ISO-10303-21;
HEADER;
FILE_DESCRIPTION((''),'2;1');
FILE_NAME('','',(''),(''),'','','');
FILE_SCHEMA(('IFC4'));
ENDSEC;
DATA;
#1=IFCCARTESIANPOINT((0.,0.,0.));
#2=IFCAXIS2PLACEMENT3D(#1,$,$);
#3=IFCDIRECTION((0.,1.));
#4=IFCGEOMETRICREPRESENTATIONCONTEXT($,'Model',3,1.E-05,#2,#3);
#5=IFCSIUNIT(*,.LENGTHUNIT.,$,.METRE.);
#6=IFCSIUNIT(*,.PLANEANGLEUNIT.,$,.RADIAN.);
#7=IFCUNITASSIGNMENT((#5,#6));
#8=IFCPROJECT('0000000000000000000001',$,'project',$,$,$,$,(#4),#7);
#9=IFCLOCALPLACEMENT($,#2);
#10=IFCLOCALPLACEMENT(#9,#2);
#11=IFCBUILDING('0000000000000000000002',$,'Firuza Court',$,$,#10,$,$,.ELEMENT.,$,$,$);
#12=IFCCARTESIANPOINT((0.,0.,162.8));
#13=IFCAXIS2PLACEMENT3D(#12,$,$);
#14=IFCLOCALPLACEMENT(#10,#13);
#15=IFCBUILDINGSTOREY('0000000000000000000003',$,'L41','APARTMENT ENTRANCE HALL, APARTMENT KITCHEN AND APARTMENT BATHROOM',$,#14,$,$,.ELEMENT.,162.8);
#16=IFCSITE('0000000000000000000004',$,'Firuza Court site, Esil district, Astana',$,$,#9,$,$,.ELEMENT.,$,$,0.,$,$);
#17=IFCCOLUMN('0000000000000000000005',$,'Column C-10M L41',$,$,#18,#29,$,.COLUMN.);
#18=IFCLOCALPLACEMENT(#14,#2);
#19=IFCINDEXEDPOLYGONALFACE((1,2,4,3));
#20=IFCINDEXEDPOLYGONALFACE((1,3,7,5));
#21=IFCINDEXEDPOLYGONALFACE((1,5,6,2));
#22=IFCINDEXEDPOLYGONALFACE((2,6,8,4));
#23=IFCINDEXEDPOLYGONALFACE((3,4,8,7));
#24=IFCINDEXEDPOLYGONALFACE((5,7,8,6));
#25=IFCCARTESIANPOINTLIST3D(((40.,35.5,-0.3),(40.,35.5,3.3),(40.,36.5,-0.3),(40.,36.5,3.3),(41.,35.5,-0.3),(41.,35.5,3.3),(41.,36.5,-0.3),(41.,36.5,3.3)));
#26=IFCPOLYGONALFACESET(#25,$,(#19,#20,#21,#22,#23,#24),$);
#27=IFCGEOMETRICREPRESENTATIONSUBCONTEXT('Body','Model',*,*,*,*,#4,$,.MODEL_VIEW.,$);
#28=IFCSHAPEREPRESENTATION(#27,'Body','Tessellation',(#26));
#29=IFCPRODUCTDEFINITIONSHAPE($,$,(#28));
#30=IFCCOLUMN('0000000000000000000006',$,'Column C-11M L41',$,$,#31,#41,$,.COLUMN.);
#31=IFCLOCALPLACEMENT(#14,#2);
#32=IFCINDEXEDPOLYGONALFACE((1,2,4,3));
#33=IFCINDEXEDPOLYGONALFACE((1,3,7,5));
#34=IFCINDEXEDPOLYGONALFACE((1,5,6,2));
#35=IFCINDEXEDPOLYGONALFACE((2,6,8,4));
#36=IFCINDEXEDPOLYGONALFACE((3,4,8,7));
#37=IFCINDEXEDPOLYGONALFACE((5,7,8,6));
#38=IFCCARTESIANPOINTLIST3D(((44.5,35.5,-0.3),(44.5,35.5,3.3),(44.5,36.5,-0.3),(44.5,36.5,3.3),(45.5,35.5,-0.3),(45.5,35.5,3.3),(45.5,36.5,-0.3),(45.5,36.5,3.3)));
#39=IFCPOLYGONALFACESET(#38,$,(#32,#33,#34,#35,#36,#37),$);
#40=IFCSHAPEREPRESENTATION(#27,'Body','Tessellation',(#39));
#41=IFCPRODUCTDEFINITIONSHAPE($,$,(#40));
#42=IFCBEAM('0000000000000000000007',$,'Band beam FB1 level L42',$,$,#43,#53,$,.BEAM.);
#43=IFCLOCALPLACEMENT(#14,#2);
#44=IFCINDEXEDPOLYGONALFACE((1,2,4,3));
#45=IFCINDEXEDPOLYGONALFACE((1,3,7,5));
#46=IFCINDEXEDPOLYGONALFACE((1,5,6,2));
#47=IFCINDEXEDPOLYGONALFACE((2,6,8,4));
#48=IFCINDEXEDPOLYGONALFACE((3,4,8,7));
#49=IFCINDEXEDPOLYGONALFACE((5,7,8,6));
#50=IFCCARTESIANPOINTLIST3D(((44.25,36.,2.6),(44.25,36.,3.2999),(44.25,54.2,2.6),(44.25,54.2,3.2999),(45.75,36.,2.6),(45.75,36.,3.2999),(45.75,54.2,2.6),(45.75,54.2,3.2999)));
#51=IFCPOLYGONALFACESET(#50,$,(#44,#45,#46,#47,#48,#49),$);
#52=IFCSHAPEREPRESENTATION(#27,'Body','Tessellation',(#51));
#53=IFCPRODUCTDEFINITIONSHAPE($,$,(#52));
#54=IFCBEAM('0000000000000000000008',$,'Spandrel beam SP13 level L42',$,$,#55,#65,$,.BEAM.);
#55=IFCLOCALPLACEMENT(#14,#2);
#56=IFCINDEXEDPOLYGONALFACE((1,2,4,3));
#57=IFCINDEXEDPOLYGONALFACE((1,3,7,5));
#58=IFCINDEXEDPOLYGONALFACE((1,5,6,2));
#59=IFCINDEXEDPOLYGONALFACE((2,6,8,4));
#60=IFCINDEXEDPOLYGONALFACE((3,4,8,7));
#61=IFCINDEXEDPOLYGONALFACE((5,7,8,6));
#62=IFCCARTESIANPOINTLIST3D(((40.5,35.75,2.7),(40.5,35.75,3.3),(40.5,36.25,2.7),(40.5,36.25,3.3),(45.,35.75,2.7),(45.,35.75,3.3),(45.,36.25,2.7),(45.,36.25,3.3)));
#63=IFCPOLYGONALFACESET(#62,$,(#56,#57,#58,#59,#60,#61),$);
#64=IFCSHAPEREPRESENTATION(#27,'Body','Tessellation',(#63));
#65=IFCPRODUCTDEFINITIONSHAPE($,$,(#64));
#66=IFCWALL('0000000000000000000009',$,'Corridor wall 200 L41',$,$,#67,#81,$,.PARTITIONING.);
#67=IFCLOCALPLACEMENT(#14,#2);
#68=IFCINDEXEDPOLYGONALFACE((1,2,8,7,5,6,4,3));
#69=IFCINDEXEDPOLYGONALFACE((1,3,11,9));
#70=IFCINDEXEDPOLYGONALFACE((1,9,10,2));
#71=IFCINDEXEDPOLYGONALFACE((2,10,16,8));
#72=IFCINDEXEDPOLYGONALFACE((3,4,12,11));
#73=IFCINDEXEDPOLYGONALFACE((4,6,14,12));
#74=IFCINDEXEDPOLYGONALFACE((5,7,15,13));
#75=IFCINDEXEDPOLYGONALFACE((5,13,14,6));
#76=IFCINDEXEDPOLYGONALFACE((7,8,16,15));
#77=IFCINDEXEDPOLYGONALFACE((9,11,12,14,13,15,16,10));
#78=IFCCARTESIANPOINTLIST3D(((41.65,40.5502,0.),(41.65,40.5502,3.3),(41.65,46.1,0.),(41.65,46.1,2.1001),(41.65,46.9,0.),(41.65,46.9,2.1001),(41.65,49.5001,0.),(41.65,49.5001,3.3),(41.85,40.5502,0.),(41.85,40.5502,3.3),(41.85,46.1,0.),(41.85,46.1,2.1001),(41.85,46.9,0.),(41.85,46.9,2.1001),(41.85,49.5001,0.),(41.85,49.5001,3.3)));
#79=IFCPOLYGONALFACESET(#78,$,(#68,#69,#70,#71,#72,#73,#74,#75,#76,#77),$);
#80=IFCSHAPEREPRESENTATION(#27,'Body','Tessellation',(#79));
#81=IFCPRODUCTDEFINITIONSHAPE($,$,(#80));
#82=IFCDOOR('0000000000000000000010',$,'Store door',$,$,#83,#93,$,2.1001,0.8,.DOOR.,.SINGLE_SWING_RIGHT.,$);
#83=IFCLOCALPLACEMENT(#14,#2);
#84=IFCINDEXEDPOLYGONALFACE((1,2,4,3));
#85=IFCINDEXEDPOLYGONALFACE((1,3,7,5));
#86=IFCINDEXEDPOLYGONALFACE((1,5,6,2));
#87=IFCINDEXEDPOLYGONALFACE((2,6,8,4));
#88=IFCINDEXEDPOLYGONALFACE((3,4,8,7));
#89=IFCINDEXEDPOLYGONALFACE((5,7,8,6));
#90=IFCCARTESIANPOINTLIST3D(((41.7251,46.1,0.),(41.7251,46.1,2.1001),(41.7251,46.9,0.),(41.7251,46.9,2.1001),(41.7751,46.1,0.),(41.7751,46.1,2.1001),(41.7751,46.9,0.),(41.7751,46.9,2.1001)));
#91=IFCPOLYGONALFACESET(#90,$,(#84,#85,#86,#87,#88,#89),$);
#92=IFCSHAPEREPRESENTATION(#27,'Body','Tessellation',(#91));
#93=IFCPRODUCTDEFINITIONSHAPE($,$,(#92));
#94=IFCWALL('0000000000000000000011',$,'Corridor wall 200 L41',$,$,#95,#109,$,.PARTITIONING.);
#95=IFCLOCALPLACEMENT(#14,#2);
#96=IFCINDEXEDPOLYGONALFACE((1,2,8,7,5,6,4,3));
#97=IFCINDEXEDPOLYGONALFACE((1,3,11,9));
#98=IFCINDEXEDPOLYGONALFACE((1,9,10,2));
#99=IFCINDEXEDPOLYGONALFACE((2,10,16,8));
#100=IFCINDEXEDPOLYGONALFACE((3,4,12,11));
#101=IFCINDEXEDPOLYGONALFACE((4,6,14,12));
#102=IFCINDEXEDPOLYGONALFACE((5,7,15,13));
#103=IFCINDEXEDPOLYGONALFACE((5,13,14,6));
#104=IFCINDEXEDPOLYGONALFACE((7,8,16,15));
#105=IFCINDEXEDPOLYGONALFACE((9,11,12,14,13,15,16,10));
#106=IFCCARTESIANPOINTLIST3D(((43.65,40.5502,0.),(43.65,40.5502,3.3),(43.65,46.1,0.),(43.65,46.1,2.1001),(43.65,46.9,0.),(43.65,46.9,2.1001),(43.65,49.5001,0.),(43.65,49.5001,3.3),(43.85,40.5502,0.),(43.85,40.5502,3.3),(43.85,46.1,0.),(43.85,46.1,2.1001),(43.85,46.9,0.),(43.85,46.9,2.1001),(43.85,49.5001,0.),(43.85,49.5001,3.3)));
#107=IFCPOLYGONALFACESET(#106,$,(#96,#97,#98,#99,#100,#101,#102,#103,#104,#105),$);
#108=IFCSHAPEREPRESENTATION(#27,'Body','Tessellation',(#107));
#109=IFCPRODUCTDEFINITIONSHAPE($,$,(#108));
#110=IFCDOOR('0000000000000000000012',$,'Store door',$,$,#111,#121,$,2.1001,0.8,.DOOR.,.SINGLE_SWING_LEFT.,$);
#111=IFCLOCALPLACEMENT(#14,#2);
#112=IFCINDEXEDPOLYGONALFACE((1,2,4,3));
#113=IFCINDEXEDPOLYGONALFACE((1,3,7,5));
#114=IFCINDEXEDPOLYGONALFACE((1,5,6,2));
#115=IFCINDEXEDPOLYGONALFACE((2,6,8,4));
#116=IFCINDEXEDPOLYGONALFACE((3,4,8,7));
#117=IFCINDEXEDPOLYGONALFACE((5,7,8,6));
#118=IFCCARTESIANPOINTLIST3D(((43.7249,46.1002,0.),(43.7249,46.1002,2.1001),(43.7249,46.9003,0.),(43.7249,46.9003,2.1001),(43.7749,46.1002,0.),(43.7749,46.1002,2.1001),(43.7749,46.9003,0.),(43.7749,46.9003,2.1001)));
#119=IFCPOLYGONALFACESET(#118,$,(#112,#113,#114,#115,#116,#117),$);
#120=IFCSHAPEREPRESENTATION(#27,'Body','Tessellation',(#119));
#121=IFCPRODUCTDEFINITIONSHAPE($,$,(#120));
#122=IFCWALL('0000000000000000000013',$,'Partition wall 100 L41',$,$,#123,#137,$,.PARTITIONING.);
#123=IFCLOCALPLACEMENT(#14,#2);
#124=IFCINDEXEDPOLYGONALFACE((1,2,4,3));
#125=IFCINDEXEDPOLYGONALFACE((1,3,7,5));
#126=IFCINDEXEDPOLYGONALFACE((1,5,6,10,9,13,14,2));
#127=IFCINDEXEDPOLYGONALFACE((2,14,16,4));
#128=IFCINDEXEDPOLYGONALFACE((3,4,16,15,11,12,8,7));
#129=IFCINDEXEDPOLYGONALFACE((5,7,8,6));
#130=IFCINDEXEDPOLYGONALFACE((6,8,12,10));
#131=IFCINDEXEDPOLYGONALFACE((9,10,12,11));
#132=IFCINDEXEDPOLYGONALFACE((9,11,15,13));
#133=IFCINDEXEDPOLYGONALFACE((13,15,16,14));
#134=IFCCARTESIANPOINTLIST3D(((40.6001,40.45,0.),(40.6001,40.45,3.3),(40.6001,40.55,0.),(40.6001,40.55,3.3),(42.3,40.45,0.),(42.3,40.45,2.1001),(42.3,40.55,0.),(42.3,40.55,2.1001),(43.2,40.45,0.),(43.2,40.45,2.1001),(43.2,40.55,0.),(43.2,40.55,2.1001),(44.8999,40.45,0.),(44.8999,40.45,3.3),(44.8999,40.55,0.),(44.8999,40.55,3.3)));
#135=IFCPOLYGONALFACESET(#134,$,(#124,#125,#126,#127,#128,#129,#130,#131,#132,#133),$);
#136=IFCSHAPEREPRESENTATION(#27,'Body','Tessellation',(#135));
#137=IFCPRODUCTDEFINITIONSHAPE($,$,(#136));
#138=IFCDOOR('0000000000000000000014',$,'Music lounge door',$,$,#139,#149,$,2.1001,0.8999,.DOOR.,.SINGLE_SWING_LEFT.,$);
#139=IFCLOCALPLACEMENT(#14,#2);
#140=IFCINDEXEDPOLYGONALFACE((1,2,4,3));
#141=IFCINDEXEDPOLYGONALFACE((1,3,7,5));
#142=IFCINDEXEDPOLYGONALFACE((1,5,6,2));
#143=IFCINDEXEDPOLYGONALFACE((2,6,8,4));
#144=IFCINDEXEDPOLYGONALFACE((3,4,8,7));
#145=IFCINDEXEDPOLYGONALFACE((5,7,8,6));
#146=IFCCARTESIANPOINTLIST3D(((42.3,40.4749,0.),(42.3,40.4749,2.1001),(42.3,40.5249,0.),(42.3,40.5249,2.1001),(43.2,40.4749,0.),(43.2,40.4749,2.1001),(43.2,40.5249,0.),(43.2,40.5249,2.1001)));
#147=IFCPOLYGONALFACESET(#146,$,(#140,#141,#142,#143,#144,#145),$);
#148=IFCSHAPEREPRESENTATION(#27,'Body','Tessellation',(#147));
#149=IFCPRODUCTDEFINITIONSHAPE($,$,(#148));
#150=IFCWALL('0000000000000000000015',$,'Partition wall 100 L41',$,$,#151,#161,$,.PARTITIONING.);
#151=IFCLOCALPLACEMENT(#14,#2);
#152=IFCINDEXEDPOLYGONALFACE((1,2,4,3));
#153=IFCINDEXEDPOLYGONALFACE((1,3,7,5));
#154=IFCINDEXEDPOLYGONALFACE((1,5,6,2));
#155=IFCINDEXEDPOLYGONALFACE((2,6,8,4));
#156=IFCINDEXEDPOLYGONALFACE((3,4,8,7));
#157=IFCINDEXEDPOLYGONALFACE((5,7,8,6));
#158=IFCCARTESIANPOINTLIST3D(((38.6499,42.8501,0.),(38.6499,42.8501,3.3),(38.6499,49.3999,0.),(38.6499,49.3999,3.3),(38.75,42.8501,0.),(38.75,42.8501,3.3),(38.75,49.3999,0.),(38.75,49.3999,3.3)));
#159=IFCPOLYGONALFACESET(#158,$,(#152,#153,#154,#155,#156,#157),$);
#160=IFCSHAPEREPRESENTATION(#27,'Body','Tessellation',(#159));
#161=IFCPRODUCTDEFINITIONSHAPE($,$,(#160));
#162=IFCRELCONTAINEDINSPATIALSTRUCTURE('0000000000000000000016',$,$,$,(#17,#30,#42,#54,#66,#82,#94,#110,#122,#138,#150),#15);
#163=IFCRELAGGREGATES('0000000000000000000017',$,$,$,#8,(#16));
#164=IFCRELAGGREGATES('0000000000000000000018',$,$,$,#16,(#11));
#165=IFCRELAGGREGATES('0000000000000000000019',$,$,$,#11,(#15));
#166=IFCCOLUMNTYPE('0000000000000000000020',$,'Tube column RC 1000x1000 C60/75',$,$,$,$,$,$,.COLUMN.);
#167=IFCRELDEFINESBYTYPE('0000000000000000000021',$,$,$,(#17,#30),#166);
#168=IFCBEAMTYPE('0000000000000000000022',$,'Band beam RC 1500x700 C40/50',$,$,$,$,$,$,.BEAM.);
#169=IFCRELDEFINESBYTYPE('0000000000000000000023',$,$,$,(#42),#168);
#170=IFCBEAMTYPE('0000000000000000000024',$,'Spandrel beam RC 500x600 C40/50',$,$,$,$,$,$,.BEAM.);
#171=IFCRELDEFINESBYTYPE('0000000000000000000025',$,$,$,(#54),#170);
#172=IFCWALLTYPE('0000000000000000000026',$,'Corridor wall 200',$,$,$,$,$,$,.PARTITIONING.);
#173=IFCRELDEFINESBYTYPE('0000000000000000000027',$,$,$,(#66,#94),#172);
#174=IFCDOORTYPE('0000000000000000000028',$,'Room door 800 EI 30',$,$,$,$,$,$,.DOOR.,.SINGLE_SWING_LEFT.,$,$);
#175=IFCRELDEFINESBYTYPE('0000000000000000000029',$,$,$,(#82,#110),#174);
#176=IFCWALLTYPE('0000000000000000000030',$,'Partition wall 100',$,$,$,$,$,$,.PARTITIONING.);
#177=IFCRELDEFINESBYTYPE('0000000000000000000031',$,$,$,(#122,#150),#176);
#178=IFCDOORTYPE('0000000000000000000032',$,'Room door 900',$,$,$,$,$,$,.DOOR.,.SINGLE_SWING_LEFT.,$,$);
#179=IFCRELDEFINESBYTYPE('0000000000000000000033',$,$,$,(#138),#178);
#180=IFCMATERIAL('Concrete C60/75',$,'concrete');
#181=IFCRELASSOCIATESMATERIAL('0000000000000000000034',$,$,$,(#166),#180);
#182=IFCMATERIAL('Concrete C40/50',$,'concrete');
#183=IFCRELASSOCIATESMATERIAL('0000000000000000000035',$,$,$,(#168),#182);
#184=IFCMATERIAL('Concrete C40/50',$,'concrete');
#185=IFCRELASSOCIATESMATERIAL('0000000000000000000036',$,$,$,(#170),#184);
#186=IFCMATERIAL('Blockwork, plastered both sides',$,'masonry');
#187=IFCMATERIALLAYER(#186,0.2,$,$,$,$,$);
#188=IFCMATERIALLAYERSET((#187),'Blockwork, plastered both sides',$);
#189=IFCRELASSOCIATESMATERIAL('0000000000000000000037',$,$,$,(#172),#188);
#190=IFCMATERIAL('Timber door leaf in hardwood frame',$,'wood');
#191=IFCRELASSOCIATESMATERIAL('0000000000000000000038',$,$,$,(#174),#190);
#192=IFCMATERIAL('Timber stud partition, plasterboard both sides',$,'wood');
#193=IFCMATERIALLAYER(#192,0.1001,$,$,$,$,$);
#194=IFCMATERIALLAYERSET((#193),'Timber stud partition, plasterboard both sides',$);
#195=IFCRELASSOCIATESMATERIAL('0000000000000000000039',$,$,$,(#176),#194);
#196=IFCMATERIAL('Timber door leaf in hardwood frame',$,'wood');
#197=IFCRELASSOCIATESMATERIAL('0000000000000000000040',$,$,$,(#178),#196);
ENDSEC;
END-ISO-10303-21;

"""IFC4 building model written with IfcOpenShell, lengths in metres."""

from ifc_helpers import new_model, si_unit, direction, frame, frame_2d, origin, origin_2d, place, context, subcontext, project, spatial, rectangle, extrude, material, layer, layer_set, material_profile, profile_set, type_object, element, fill, save


model = new_model("IFC4")

# Units and contexts
model_context = context("Model", 3, precision=1e-05, world=origin(), true_north=direction((0.0, 1.0)))
body_context = subcontext(model_context, "Body", "Model", "MODEL_VIEW")
ifc_project = project(units=[si_unit("LENGTHUNIT", "METRE"), si_unit("PLANEANGLEUNIT", "RADIAN")], contexts=[model_context])

# Site, building, storey
site_placement = place(None, origin())
site = spatial("IfcSite", under=ifc_project, at=site_placement, Name="Firuza Court site, Esil district, Astana", CompositionType="ELEMENT", RefElevation=0.0)
building_placement = place(site_placement, origin())
building = spatial("IfcBuilding", under=site, at=building_placement, Name="Firuza Court", CompositionType="ELEMENT")
storey_placement = place(building_placement, frame((0.0, 0.0, 162.8)))
storey = spatial("IfcBuildingStorey", under=building, at=storey_placement, Name="L41", Description="APARTMENT ENTRANCE HALL, APARTMENT KITCHEN AND APARTMENT BATHROOM", CompositionType="ELEMENT", Elevation=162.8)

# Columns
ifc_material_1 = material(Name="Concrete C60/75", Category="concrete")
ifc_material_profile_1 = material_profile(ifc_material_1, rectangle(XDim=1.0, YDim=1.0, at=origin_2d()), Name="RC 1000x1000")
ifc_profile_set_1 = profile_set([ifc_material_profile_1], Name="Concrete C60/75")
column_type = type_object("IfcColumnType", Name="Tube column RC 1000x1000 C60/75", PredefinedType="COLUMN", material=ifc_profile_set_1)
for number, where, z_axis, x_axis, name in (
    (1, (40.5, 36.0, -0.3), (0.0, 0.0, 1.0), (1.0, 0.0, 0.0), "Column C-10M L41"),
    (2, (45.0, 36.0, -0.3), (0.0, 0.0, 1.0), (1.0, 0.0, 0.0), "Column C-11M L41"),
):
    element("IfcColumn", number, at=place(storey_placement, frame(where, z_axis=z_axis, x_axis=x_axis)), inside=storey, type_object=column_type, Name=name, PredefinedType="COLUMN", context=body_context, shape_type="SweptSolid", body=[
        extrude(rectangle(XDim=1.0, YDim=1.0, at=origin_2d()), origin(), (0.0, 0.0, 1.0), 3.6001),
    ])

# Beams
ifc_material_2 = material(Name="Concrete C40/50", Category="concrete")
ifc_material_profile_2 = material_profile(ifc_material_2, rectangle(XDim=1.5, YDim=0.7, at=origin_2d()), Name="RC 1500x700")
ifc_profile_set_2 = profile_set([ifc_material_profile_2], Name="Concrete C40/50")
beam_type_1 = type_object("IfcBeamType", Name="Band beam RC 1500x700 C40/50", PredefinedType="BEAM", material=ifc_profile_set_2)
beam_1_placement = place(storey_placement, frame((45.0, 36.0, 2.95), z_axis=(0.0, 1.0, 0.0), x_axis=(-1.0, 0.0, 0.0)))
element("IfcBeam", 3, at=beam_1_placement, inside=storey, type_object=beam_type_1, Name="Band beam FB1 level L42", PredefinedType="BEAM", context=body_context, shape_type="SweptSolid", body=[
    extrude(rectangle(XDim=1.5, YDim=0.7, at=origin_2d()), origin(), (0.0, 0.0, 1.0), 18.2),
])
ifc_material_3 = material(Name="Concrete C40/50", Category="concrete")
ifc_material_profile_3 = material_profile(ifc_material_3, rectangle(XDim=0.5, YDim=0.6001, at=origin_2d()), Name="RC 500x600")
ifc_profile_set_3 = profile_set([ifc_material_profile_3], Name="Concrete C40/50")
beam_type_2 = type_object("IfcBeamType", Name="Spandrel beam RC 500x600 C40/50", PredefinedType="BEAM", material=ifc_profile_set_3)
beam_2_placement = place(storey_placement, frame((40.5, 36.0, 3.0), z_axis=(1.0, 0.0, 0.0), x_axis=(0.0, 1.0, 0.0)))
element("IfcBeam", 4, at=beam_2_placement, inside=storey, type_object=beam_type_2, Name="Spandrel beam SP13 level L42", PredefinedType="BEAM", context=body_context, shape_type="SweptSolid", body=[
    extrude(rectangle(XDim=0.5, YDim=0.6001, at=origin_2d()), origin(), (0.0, 0.0, 1.0), 4.5),
])

# Walls, openings, doors
ifc_material_4 = material(Name="Blockwork, plastered both sides", Category="masonry")
ifc_layer_1 = layer(ifc_material_4, 0.2)
ifc_layer_set_1 = layer_set([ifc_layer_1], Name="Blockwork, plastered both sides")
wall_type_1 = type_object("IfcWallType", Name="Corridor wall 200", PredefinedType="PARTITIONING", material=ifc_layer_set_1)
wall_1_placement = place(storey_placement, frame((41.75, 40.55, 0.0), z_axis=(0.0, 0.0, 1.0), x_axis=(0.0, 1.0, 0.0)))
wall_1 = element("IfcWall", 5, at=wall_1_placement, inside=storey, type_object=wall_type_1, Name="Corridor wall 200 L41", PredefinedType="PARTITIONING", context=body_context, shape_type="SweptSolid", body=[
    extrude(rectangle(XDim=8.95, YDim=0.2, at=frame_2d((4.4751, 0.0))), origin(), (0.0, 0.0, 1.0), 3.3),
])
opening_1_placement = place(wall_1_placement, frame((5.55, 0.0, 0.0)))
opening_1 = element("IfcOpeningElement", 6, at=opening_1_placement, cuts=wall_1, PredefinedType="OPENING", context=body_context, shape_type="SweptSolid", body=[
    extrude(rectangle(XDim=0.8, YDim=2.1001, at=frame_2d((0.3999, 1.05))), frame((0.0, 0.1118, 0.0), z_axis=(0.0, -1.0, 0.0), x_axis=(1.0, 0.0, 0.0)), (0.0, 0.0, 1.0), 0.2239),
])
ifc_material_5 = material(Name="Timber door leaf in hardwood frame", Category="wood")
door_type_1 = type_object("IfcDoorType", Name="Room door 800 EI 30", OperationType="SINGLE_SWING_LEFT", PredefinedType="DOOR", material=ifc_material_5)
door_1_placement = place(opening_1_placement, origin())
door_1 = element("IfcDoor", 7, at=door_1_placement, inside=storey, type_object=door_type_1, Name="Store door", OperationType="SINGLE_SWING_RIGHT", OverallHeight=2.1001, OverallWidth=0.8, PredefinedType="DOOR", context=body_context, shape_type="SweptSolid", body=[
    extrude(rectangle(XDim=0.8, YDim=2.1001, at=frame_2d((0.3999, 1.05))), frame((0.0, 0.0249, 0.0), z_axis=(0.0, -1.0, 0.0), x_axis=(1.0, 0.0, 0.0)), (0.0, 0.0, 1.0), 0.05),
])
fill(opening_1, door_1)
wall_2_placement = place(storey_placement, frame((43.75, 40.55, 0.0), z_axis=(0.0, 0.0, 1.0), x_axis=(0.0, 1.0, 0.0)))
wall_2 = element("IfcWall", 8, at=wall_2_placement, inside=storey, type_object=wall_type_1, Name="Corridor wall 200 L41", PredefinedType="PARTITIONING", context=body_context, shape_type="SweptSolid", body=[
    extrude(rectangle(XDim=8.95, YDim=0.2, at=frame_2d((4.4751, 0.0))), origin(), (0.0, 0.0, 1.0), 3.3),
])
opening_2_placement = place(wall_2_placement, frame((5.55, 0.0, 0.0)))
opening_2 = element("IfcOpeningElement", 9, at=opening_2_placement, cuts=wall_2, PredefinedType="OPENING", context=body_context, shape_type="SweptSolid", body=[
    extrude(rectangle(XDim=0.8, YDim=2.1001, at=frame_2d((0.3999, 1.05))), frame((0.0, 0.1118, 0.0), z_axis=(0.0, -1.0, 0.0), x_axis=(1.0, 0.0, 0.0)), (0.0, 0.0, 1.0), 0.2239),
])
door_2_placement = place(opening_2_placement, frame((0.8, 0.0, 0.0), z_axis=(0.0, 0.0, 1.0), x_axis=(-1.0, 0.0, 0.0)))
door_2 = element("IfcDoor", 10, at=door_2_placement, inside=storey, type_object=door_type_1, Name="Store door", OperationType="SINGLE_SWING_LEFT", OverallHeight=2.1001, OverallWidth=0.8, PredefinedType="DOOR", context=body_context, shape_type="SweptSolid", body=[
    extrude(rectangle(XDim=0.8, YDim=2.1001, at=frame_2d((0.3999, 1.05))), frame((0.0, 0.0249, 0.0), z_axis=(0.0, -1.0, 0.0), x_axis=(1.0, 0.0, 0.0)), (0.0, 0.0, 1.0), 0.05),
])
fill(opening_2, door_2)
ifc_material_6 = material(Name="Timber stud partition, plasterboard both sides", Category="wood")
ifc_layer_2 = layer(ifc_material_6, 0.1001)
ifc_layer_set_2 = layer_set([ifc_layer_2], Name="Timber stud partition, plasterboard both sides")
wall_type_2 = type_object("IfcWallType", Name="Partition wall 100", PredefinedType="PARTITIONING", material=ifc_layer_set_2)
wall_3_placement = place(storey_placement, frame((40.6001, 40.5, 0.0), z_axis=(0.0, 0.0, 1.0), x_axis=(1.0, 0.0, 0.0)))
wall_3 = element("IfcWall", 11, at=wall_3_placement, inside=storey, type_object=wall_type_2, Name="Partition wall 100 L41", PredefinedType="PARTITIONING", context=body_context, shape_type="SweptSolid", body=[
    extrude(rectangle(XDim=4.2998, YDim=0.1001, at=frame_2d((2.1499, 0.0))), origin(), (0.0, 0.0, 1.0), 3.3),
])
opening_3_placement = place(wall_3_placement, frame((1.7, 0.0, 0.0)))
opening_3 = element("IfcOpeningElement", 12, at=opening_3_placement, cuts=wall_3, PredefinedType="OPENING", context=body_context, shape_type="SweptSolid", body=[
    extrude(rectangle(XDim=0.8999, YDim=2.1001, at=frame_2d((0.45, 1.05))), frame((0.0, 0.062, 0.0), z_axis=(0.0, -1.0, 0.0), x_axis=(1.0, 0.0, 0.0)), (0.0, 0.0, 1.0), 0.124),
])
ifc_material_7 = material(Name="Timber door leaf in hardwood frame", Category="wood")
door_type_2 = type_object("IfcDoorType", Name="Room door 900", OperationType="SINGLE_SWING_LEFT", PredefinedType="DOOR", material=ifc_material_7)
door_3_placement = place(opening_3_placement, origin())
door_3 = element("IfcDoor", 13, at=door_3_placement, inside=storey, type_object=door_type_2, Name="Music lounge door", OperationType="SINGLE_SWING_LEFT", OverallHeight=2.1001, OverallWidth=0.8999, PredefinedType="DOOR", context=body_context, shape_type="SweptSolid", body=[
    extrude(rectangle(XDim=0.8999, YDim=2.1001, at=frame_2d((0.45, 1.05))), frame((0.0, 0.0249, 0.0), z_axis=(0.0, -1.0, 0.0), x_axis=(1.0, 0.0, 0.0)), (0.0, 0.0, 1.0), 0.05),
])
fill(opening_3, door_3)

# Wall
wall_4_placement = place(storey_placement, frame((38.7, 42.8501, 0.0), z_axis=(0.0, 0.0, 1.0), x_axis=(0.0, 1.0, 0.0)))
element("IfcWall", 14, at=wall_4_placement, inside=storey, type_object=wall_type_2, Name="Partition wall 100 L41", PredefinedType="PARTITIONING", context=body_context, shape_type="SweptSolid", body=[
    extrude(rectangle(XDim=6.5498, YDim=0.1001, at=frame_2d((3.2749, 0.0))), origin(), (0.0, 0.0, 1.0), 3.3),
])

save(model, "model.ifc")
